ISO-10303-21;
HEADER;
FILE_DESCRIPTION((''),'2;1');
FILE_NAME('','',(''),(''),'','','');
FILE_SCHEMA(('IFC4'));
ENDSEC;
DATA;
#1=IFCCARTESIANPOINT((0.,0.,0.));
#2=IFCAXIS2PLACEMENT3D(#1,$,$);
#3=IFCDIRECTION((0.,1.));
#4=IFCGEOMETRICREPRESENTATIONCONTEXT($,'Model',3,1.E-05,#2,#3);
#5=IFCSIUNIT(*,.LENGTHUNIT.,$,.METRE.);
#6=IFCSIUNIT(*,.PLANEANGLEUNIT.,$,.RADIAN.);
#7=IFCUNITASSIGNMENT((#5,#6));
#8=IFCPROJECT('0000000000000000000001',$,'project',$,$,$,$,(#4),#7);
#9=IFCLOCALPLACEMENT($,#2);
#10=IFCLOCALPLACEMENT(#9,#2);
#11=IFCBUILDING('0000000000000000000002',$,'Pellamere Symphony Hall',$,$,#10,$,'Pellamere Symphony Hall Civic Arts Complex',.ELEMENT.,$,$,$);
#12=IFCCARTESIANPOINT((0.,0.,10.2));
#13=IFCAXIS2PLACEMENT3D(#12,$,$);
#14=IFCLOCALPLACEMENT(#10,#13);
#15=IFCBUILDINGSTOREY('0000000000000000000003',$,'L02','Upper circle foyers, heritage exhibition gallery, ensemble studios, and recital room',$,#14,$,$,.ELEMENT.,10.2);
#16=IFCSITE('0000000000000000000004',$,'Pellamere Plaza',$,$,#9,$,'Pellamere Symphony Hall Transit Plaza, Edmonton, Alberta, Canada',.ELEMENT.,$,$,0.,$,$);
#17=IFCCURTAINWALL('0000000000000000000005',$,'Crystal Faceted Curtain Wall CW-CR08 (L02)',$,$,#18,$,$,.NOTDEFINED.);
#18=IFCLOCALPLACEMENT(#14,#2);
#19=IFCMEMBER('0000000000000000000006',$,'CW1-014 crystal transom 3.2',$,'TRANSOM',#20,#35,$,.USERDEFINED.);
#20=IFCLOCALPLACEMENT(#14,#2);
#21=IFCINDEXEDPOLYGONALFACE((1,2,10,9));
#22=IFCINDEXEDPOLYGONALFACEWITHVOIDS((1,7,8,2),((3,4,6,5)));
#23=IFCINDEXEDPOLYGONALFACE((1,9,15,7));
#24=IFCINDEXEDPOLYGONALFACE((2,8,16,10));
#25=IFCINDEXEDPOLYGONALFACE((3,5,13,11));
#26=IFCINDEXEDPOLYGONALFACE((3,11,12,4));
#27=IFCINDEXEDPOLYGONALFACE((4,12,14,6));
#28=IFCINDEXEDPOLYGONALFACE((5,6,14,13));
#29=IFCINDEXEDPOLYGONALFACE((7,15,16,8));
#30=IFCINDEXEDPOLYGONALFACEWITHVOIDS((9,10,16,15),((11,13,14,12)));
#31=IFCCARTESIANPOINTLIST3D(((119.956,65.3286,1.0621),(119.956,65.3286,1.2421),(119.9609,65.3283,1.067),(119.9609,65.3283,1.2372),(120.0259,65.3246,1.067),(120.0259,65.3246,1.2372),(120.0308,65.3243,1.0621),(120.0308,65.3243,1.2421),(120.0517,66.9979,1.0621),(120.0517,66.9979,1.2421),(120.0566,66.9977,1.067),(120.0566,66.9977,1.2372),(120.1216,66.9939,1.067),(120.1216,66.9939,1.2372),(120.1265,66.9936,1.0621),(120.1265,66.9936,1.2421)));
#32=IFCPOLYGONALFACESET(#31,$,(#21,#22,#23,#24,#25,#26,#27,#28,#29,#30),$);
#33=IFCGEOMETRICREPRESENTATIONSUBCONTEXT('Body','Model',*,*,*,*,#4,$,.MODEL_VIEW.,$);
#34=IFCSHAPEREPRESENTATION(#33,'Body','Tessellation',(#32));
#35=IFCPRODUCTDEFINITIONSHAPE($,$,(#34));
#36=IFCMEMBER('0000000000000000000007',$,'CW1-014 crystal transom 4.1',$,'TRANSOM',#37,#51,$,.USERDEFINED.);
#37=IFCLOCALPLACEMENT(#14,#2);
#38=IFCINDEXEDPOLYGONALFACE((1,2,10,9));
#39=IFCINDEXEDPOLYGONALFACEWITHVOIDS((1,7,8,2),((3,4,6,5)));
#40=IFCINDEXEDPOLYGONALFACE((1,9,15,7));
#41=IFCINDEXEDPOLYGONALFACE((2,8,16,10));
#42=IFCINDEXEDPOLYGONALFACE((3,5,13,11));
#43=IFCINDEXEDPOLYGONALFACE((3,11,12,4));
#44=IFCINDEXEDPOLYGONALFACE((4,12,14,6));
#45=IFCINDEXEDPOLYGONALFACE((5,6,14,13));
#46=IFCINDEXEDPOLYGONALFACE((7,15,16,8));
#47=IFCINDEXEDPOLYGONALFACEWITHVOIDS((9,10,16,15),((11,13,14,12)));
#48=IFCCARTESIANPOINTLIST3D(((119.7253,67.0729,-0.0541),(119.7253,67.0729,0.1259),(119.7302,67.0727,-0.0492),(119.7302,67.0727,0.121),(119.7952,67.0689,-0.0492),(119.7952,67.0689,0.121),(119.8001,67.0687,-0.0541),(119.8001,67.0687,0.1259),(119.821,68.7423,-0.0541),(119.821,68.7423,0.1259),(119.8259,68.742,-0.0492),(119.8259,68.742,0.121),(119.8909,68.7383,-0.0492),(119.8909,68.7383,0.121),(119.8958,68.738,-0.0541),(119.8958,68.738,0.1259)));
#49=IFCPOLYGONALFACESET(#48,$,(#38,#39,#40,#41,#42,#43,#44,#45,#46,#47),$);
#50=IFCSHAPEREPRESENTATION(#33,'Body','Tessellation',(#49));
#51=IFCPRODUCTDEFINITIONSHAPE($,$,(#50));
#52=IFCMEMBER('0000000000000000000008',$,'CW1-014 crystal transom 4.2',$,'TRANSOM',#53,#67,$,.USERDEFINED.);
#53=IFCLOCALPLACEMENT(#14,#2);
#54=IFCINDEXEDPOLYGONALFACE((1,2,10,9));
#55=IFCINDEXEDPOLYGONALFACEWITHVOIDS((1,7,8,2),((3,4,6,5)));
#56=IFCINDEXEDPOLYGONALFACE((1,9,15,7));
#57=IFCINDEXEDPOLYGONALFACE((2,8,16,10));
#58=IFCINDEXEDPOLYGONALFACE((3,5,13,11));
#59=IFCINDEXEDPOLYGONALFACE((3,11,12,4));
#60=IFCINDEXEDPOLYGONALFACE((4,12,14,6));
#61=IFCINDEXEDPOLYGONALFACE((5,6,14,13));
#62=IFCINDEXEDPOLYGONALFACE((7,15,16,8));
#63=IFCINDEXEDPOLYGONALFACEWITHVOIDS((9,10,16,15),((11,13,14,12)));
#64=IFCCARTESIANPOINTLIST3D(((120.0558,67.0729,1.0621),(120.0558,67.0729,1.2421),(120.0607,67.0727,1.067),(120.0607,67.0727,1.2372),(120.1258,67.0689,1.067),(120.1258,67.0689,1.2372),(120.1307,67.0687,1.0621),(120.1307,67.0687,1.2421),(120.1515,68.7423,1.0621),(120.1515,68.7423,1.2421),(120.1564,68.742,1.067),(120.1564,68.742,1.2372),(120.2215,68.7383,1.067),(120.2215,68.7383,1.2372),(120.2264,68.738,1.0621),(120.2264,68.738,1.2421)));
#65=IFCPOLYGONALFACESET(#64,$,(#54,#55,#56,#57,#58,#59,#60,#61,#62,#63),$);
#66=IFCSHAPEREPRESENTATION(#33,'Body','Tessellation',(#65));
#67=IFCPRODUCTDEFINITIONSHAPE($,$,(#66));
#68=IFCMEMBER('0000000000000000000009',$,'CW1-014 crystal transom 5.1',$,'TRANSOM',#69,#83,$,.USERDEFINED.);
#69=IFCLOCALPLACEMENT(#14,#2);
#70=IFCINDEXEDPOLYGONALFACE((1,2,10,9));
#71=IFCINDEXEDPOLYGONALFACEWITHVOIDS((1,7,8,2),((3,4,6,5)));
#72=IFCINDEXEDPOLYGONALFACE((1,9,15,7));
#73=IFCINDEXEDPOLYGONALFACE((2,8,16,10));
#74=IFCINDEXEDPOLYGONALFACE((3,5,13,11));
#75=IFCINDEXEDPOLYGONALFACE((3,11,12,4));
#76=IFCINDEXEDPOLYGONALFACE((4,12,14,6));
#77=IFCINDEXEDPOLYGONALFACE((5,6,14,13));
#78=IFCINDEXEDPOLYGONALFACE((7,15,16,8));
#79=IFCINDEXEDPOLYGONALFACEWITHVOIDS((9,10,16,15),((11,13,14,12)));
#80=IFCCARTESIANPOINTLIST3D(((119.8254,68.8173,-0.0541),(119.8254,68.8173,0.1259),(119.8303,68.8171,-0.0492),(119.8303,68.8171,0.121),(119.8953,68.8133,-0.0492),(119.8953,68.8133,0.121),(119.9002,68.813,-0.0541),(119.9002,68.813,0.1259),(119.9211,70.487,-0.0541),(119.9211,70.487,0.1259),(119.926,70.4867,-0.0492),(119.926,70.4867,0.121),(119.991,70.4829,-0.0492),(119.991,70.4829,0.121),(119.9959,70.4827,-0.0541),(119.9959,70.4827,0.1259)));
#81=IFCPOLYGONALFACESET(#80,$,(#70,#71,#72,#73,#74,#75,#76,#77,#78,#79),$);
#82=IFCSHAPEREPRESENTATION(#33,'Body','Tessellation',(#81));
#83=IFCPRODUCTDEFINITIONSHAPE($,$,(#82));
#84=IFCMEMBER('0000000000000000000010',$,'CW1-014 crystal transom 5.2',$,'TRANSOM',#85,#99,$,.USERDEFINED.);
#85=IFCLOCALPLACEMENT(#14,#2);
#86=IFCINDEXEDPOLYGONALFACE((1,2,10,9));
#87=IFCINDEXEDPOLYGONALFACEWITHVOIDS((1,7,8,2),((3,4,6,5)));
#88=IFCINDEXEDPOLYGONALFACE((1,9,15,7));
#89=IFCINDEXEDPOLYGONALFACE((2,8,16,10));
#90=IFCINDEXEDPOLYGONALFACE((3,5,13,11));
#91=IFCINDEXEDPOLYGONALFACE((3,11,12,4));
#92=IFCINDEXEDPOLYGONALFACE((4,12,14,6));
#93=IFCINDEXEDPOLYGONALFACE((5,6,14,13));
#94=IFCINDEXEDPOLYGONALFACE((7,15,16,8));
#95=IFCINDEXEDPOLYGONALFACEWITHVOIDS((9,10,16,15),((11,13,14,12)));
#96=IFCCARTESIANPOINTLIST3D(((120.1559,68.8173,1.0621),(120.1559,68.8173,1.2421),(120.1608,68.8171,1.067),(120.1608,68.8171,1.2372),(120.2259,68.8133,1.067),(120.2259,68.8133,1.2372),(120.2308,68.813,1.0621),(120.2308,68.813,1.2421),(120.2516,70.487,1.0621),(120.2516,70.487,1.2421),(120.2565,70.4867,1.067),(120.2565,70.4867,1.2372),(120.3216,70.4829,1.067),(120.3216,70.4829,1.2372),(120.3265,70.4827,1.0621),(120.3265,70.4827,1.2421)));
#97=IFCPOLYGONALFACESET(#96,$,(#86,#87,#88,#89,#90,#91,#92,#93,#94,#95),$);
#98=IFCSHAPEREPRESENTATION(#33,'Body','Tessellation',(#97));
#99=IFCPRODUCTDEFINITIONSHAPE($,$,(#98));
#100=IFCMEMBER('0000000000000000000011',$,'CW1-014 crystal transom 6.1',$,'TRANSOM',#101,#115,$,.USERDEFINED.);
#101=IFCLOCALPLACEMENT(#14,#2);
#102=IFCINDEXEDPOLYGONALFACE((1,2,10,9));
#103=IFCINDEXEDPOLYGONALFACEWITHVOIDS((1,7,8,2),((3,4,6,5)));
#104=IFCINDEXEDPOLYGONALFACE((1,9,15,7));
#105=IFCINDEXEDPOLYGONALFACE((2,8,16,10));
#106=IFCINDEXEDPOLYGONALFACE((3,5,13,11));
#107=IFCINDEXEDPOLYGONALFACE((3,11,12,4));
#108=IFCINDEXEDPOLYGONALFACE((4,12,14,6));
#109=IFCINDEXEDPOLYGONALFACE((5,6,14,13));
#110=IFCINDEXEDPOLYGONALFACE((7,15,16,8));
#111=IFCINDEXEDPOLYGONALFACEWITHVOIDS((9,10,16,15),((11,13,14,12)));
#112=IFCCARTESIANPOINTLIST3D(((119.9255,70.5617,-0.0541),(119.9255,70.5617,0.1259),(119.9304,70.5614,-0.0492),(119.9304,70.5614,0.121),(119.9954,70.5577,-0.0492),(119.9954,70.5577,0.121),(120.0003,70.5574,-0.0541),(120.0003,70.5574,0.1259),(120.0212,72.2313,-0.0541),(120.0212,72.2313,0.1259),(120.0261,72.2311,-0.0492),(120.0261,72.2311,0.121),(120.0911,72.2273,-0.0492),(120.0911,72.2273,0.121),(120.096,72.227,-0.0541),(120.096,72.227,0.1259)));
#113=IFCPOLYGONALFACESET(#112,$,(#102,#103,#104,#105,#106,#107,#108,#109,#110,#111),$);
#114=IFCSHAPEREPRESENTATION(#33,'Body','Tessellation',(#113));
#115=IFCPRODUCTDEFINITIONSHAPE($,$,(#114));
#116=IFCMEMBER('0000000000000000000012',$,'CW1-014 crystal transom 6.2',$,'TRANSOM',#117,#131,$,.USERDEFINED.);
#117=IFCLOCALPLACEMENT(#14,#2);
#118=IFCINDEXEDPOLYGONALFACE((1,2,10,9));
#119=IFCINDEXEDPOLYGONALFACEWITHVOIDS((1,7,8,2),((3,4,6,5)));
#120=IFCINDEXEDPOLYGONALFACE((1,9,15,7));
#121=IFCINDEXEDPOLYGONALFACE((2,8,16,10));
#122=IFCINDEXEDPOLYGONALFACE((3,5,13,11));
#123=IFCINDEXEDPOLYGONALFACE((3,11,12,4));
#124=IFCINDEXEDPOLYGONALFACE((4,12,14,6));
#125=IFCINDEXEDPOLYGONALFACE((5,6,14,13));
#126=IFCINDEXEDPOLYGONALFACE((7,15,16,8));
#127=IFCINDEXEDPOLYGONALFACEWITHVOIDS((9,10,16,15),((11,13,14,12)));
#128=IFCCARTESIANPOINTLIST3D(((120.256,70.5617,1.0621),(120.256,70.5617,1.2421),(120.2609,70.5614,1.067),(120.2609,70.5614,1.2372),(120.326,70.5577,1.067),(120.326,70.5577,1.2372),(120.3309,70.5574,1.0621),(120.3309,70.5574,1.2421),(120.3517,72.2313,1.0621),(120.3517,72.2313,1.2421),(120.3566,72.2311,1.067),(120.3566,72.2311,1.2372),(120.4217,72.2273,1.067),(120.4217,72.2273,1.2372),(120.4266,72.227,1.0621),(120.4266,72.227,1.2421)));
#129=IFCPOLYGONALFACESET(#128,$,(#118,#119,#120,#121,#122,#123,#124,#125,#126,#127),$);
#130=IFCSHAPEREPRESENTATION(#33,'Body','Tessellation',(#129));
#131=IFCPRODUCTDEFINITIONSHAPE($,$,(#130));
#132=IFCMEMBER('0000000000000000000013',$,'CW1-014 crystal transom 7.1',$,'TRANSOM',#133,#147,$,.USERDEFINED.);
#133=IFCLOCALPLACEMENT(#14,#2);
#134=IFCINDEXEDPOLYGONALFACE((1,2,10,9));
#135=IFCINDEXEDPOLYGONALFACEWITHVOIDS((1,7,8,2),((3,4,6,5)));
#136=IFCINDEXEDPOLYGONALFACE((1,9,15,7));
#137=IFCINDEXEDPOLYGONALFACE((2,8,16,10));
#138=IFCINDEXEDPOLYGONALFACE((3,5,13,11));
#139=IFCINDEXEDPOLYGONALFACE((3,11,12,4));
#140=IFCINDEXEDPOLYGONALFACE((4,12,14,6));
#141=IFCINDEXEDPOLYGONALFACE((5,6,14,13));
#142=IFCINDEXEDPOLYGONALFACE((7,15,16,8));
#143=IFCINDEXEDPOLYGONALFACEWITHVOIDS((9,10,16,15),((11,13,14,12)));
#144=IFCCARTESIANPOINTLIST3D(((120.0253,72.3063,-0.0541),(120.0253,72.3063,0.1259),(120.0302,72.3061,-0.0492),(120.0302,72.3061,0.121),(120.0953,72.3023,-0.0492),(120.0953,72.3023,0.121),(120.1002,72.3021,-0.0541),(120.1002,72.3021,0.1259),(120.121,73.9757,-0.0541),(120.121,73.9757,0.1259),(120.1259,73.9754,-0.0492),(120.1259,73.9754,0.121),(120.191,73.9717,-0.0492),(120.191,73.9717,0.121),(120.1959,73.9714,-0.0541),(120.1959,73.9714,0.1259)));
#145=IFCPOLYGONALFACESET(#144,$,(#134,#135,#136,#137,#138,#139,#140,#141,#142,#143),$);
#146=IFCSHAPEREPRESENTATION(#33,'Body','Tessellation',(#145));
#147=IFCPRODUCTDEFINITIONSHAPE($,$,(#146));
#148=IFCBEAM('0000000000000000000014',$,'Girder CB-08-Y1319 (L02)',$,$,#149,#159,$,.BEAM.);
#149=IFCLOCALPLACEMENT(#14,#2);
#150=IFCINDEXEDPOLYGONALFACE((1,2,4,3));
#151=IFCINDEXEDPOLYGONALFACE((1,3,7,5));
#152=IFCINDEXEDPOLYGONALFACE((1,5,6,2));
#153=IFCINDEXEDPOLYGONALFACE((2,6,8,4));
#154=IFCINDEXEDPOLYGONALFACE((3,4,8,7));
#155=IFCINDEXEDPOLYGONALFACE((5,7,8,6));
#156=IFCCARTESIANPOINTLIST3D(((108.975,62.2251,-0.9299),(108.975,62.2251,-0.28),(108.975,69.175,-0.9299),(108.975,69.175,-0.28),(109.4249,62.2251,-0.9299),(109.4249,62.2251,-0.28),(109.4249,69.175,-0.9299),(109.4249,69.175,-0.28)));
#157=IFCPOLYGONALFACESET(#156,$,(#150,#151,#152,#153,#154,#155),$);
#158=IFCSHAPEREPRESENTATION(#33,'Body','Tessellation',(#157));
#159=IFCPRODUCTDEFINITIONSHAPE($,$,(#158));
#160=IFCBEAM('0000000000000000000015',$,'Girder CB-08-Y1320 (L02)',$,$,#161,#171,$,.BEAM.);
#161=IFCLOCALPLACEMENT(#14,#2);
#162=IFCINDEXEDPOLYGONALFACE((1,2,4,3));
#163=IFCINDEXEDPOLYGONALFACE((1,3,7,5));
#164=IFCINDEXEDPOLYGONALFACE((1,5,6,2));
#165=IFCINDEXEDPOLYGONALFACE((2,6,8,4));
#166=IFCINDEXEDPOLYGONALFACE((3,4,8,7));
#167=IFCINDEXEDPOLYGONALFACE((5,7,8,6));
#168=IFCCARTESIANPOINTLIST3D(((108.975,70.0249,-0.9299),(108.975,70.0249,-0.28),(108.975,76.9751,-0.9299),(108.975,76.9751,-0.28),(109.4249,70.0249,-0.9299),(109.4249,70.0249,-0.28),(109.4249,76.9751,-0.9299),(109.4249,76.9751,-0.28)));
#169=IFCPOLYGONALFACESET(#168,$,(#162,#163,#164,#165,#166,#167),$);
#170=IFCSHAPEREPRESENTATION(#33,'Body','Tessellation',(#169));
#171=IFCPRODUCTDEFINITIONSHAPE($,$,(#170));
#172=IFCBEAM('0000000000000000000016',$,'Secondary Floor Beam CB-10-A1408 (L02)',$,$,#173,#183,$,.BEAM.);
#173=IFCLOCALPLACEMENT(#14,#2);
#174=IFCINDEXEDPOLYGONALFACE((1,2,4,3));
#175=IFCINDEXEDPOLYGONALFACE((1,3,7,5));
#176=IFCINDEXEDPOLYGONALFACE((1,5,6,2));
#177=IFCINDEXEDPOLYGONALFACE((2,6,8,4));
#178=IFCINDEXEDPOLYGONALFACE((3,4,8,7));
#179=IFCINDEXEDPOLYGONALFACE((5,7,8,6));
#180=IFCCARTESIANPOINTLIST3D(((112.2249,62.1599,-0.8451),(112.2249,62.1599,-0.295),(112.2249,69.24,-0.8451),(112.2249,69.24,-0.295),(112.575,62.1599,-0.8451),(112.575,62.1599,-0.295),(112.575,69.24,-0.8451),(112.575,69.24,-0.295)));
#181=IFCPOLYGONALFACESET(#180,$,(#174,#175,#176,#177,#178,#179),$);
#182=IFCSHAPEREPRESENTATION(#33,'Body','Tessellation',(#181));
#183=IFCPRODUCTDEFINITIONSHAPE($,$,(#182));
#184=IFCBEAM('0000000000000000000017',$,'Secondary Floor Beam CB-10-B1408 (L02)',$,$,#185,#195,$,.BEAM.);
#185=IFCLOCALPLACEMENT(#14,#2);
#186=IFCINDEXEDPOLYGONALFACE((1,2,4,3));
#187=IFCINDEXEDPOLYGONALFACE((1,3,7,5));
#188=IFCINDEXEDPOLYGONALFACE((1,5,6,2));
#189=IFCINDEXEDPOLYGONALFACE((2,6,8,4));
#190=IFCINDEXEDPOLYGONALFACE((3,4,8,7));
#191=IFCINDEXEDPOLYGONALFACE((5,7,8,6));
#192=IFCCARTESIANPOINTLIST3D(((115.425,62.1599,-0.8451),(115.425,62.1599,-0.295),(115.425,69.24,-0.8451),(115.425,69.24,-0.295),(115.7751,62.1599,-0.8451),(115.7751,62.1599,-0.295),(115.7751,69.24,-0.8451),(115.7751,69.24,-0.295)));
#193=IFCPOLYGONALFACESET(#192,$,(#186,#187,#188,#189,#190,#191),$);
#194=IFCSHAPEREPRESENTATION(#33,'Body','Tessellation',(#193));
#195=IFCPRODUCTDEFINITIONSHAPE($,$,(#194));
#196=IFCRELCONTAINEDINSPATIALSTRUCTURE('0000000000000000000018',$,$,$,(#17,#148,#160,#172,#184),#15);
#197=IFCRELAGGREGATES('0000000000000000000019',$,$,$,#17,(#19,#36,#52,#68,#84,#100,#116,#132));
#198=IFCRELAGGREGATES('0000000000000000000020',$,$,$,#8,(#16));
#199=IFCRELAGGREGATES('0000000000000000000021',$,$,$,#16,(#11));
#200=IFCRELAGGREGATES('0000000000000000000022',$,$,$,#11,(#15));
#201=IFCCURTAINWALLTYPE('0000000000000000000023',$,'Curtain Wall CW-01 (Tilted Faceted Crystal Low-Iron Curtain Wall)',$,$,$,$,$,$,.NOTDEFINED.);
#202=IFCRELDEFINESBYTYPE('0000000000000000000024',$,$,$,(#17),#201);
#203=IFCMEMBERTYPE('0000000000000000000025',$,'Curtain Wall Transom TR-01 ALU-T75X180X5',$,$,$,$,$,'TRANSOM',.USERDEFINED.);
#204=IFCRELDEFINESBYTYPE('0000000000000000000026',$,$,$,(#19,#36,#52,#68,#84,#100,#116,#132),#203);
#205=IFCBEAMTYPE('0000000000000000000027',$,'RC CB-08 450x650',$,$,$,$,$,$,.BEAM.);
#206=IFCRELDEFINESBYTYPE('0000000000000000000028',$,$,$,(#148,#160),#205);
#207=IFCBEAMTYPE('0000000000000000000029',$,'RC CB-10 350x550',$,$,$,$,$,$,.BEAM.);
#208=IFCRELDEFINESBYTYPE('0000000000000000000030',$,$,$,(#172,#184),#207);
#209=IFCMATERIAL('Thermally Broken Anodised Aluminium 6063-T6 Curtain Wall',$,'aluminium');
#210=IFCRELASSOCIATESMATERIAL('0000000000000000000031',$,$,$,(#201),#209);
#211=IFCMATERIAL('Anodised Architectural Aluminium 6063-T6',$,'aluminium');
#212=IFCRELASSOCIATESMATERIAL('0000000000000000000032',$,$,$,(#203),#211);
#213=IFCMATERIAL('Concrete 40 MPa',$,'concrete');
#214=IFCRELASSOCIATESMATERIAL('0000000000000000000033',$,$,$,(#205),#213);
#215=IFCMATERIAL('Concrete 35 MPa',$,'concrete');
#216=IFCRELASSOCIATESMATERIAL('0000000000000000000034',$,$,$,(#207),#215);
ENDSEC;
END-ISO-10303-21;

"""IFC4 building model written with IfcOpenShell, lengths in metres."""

from ifc_helpers import new_model, si_unit, direction, frame, origin, origin_2d, place, context, subcontext, project, spatial, rectangle, hollow_rectangle, extrude, material, material_profile, profile_set, type_object, element, aggregate, save


model = new_model("IFC4")

# Units and contexts
model_context = context("Model", 3, precision=1e-05, world=origin(), true_north=direction((0.0, 1.0)))
body_context = subcontext(model_context, "Body", "Model", "MODEL_VIEW")
ifc_project = project(units=[si_unit("LENGTHUNIT", "METRE"), si_unit("PLANEANGLEUNIT", "RADIAN")], contexts=[model_context])

# Site, building, storey
site_placement = place(None, origin())
site = spatial("IfcSite", under=ifc_project, at=site_placement, Name="Pellamere Plaza", LongName="Pellamere Symphony Hall Transit Plaza, Edmonton, Alberta, Canada", CompositionType="ELEMENT", RefElevation=0.0)
building_placement = place(site_placement, origin())
building = spatial("IfcBuilding", under=site, at=building_placement, Name="Pellamere Symphony Hall", LongName="Pellamere Symphony Hall Civic Arts Complex", CompositionType="ELEMENT")
storey_placement = place(building_placement, frame((0.0, 0.0, 10.2)))
storey = spatial("IfcBuildingStorey", under=building, at=storey_placement, Name="L02", Description="Upper circle foyers, heritage exhibition gallery, ensemble studios, and recital room", CompositionType="ELEMENT", Elevation=10.2)

# Shared definitions
ifc_material_1 = material(Name="Concrete 40 MPa", Category="concrete")

# Curtain wall, members
ifc_material_2 = material(Name="Thermally Broken Anodised Aluminium 6063-T6 Curtain Wall", Category="aluminium")
curtain_wall_type = type_object("IfcCurtainWallType", Name="Curtain Wall CW-01 (Tilted Faceted Crystal Low-Iron Curtain Wall)", PredefinedType="NOTDEFINED", material=ifc_material_2)
curtain_wall_placement = place(storey_placement, origin())
curtain_wall = element("IfcCurtainWall", 1, at=curtain_wall_placement, inside=storey, type_object=curtain_wall_type, Name="Crystal Faceted Curtain Wall CW-CR08 (L02)", PredefinedType="NOTDEFINED")
ifc_material_3 = material(Name="Anodised Architectural Aluminium 6063-T6", Category="aluminium")
ifc_material_profile_1 = material_profile(ifc_material_3, hollow_rectangle(XDim=0.075, YDim=0.1799, WallThickness=0.0049, at=origin_2d()), Name="ALU-T75X180X5")
ifc_profile_set_1 = profile_set([ifc_material_profile_1], Name="Anodised Architectural Aluminium 6063-T6")
member_type_1 = type_object("IfcMemberType", Name="Curtain Wall Transom TR-01 ALU-T75X180X5", ElementType="TRANSOM", PredefinedType="USERDEFINED", material=ifc_profile_set_1)
member_1_placement = place(storey_placement, frame((119.9934, 65.3264, 1.1521), z_axis=(0.057233, 0.998361, 0.0), x_axis=(-0.998361, 0.057233, 0.0)))
member_1 = element("IfcMember", 2, at=member_1_placement, type_object=member_type_1, Name="CW1-014 crystal transom 3.2", ObjectType="TRANSOM", PredefinedType="USERDEFINED", context=body_context, shape_type="SweptSolid", body=[
    extrude(hollow_rectangle(XDim=0.075, YDim=0.1799, WallThickness=0.0049, at=origin_2d()), origin(), (0.0, 0.0, 1.0), 1.6721),
])
member_2_placement = place(storey_placement, frame((119.7627, 67.0708, 0.0359), z_axis=(0.057233, 0.998361, 0.0), x_axis=(-0.998361, 0.057233, 0.0)))
member_2 = element("IfcMember", 3, at=member_2_placement, type_object=member_type_1, Name="CW1-014 crystal transom 4.1", ObjectType="TRANSOM", PredefinedType="USERDEFINED", context=body_context, shape_type="SweptSolid", body=[
    extrude(hollow_rectangle(XDim=0.075, YDim=0.1799, WallThickness=0.0049, at=origin_2d()), origin(), (0.0, 0.0, 1.0), 1.6721),
])
member_3_placement = place(storey_placement, frame((120.0933, 67.0708, 1.1521), z_axis=(0.057233, 0.998361, 0.0), x_axis=(-0.998361, 0.057233, 0.0)))
member_3 = element("IfcMember", 4, at=member_3_placement, type_object=member_type_1, Name="CW1-014 crystal transom 4.2", ObjectType="TRANSOM", PredefinedType="USERDEFINED", context=body_context, shape_type="SweptSolid", body=[
    extrude(hollow_rectangle(XDim=0.075, YDim=0.1799, WallThickness=0.0049, at=origin_2d()), origin(), (0.0, 0.0, 1.0), 1.6721),
])
member_4_placement = place(storey_placement, frame((119.8628, 68.8152, 0.0359), z_axis=(0.057224, 0.998361, 0.0), x_axis=(-0.998361, 0.057224, 0.0)))
member_4 = element("IfcMember", 5, at=member_4_placement, type_object=member_type_1, Name="CW1-014 crystal transom 5.1", ObjectType="TRANSOM", PredefinedType="USERDEFINED", context=body_context, shape_type="SweptSolid", body=[
    extrude(hollow_rectangle(XDim=0.075, YDim=0.1799, WallThickness=0.0049, at=origin_2d()), origin(), (0.0, 0.0, 1.0), 1.6724),
])
member_5_placement = place(storey_placement, frame((120.1934, 68.8152, 1.1521), z_axis=(0.057224, 0.998361, 0.0), x_axis=(-0.998361, 0.057224, 0.0)))
member_5 = element("IfcMember", 6, at=member_5_placement, type_object=member_type_1, Name="CW1-014 crystal transom 5.2", ObjectType="TRANSOM", PredefinedType="USERDEFINED", context=body_context, shape_type="SweptSolid", body=[
    extrude(hollow_rectangle(XDim=0.075, YDim=0.1799, WallThickness=0.0049, at=origin_2d()), origin(), (0.0, 0.0, 1.0), 1.6724),
])
member_6_placement = place(storey_placement, frame((119.9629, 70.5596, 0.0359), z_axis=(0.057224, 0.998361, 0.0), x_axis=(-0.998361, 0.057224, 0.0)))
member_6 = element("IfcMember", 7, at=member_6_placement, type_object=member_type_1, Name="CW1-014 crystal transom 6.1", ObjectType="TRANSOM", PredefinedType="USERDEFINED", context=body_context, shape_type="SweptSolid", body=[
    extrude(hollow_rectangle(XDim=0.075, YDim=0.1799, WallThickness=0.0049, at=origin_2d()), origin(), (0.0, 0.0, 1.0), 1.6724),
])
member_7_placement = place(storey_placement, frame((120.2935, 70.5596, 1.1521), z_axis=(0.057224, 0.998361, 0.0), x_axis=(-0.998361, 0.057224, 0.0)))
member_7 = element("IfcMember", 8, at=member_7_placement, type_object=member_type_1, Name="CW1-014 crystal transom 6.2", ObjectType="TRANSOM", PredefinedType="USERDEFINED", context=body_context, shape_type="SweptSolid", body=[
    extrude(hollow_rectangle(XDim=0.075, YDim=0.1799, WallThickness=0.0049, at=origin_2d()), origin(), (0.0, 0.0, 1.0), 1.6724),
])
member_8_placement = place(storey_placement, frame((120.0627, 72.3042, 0.0359), z_axis=(0.057233, 0.998361, 0.0), x_axis=(-0.998361, 0.057233, 0.0)))
member_8 = element("IfcMember", 9, at=member_8_placement, type_object=member_type_1, Name="CW1-014 crystal transom 7.1", ObjectType="TRANSOM", PredefinedType="USERDEFINED", context=body_context, shape_type="SweptSolid", body=[
    extrude(hollow_rectangle(XDim=0.075, YDim=0.1799, WallThickness=0.0049, at=origin_2d()), origin(), (0.0, 0.0, 1.0), 1.6721),
])

# Beams
ifc_material_profile_2 = material_profile(ifc_material_1, rectangle(XDim=0.45, YDim=0.6499, at=origin_2d()), Name="RC 450x650")
ifc_profile_set_2 = profile_set([ifc_material_profile_2], Name="Concrete 40 MPa")
beam_type_1 = type_object("IfcBeamType", Name="RC CB-08 450x650", PredefinedType="BEAM", material=ifc_profile_set_2)
beam_1_placement = place(storey_placement, frame((109.2, 62.2251, -0.605), z_axis=(0.0, 1.0, 0.0), x_axis=(-1.0, 0.0, 0.0)))
element("IfcBeam", 10, at=beam_1_placement, inside=storey, type_object=beam_type_1, Name="Girder CB-08-Y1319 (L02)", PredefinedType="BEAM", context=body_context, shape_type="SweptSolid", body=[
    extrude(rectangle(XDim=0.45, YDim=0.6499, at=origin_2d()), origin(), (0.0, 0.0, 1.0), 6.95),
])
beam_2_placement = place(storey_placement, frame((109.2, 70.0249, -0.605), z_axis=(0.0, 1.0, 0.0), x_axis=(-1.0, 0.0, 0.0)))
element("IfcBeam", 11, at=beam_2_placement, inside=storey, type_object=beam_type_1, Name="Girder CB-08-Y1320 (L02)", PredefinedType="BEAM", context=body_context, shape_type="SweptSolid", body=[
    extrude(rectangle(XDim=0.45, YDim=0.6499, at=origin_2d()), origin(), (0.0, 0.0, 1.0), 6.9502),
])
ifc_material_4 = material(Name="Concrete 35 MPa", Category="concrete")
ifc_material_profile_3 = material_profile(ifc_material_4, rectangle(XDim=0.3501, YDim=0.55, at=origin_2d()), Name="RC 350x550")
ifc_profile_set_3 = profile_set([ifc_material_profile_3], Name="Concrete 35 MPa")
beam_type_2 = type_object("IfcBeamType", Name="RC CB-10 350x550", PredefinedType="BEAM", material=ifc_profile_set_3)
for number, where, z_axis, x_axis, name in (
    (12, (112.3999, 62.1599, -0.5701), (0.0, 1.0, 0.0), (-1.0, 0.0, 0.0), "Secondary Floor Beam CB-10-A1408 (L02)"),
    (13, (115.6001, 62.1599, -0.5701), (0.0, 1.0, 0.0), (-1.0, 0.0, 0.0), "Secondary Floor Beam CB-10-B1408 (L02)"),
):
    element("IfcBeam", number, at=place(storey_placement, frame(where, z_axis=z_axis, x_axis=x_axis)), inside=storey, type_object=beam_type_2, Name=name, PredefinedType="BEAM", context=body_context, shape_type="SweptSolid", body=[
        extrude(rectangle(XDim=0.3501, YDim=0.55, at=origin_2d()), origin(), (0.0, 0.0, 1.0), 7.0801),
    ])

aggregate(curtain_wall, [member_1, member_2, member_3, member_4, member_5, member_6, member_7, member_8])

save(model, "model.ifc")
